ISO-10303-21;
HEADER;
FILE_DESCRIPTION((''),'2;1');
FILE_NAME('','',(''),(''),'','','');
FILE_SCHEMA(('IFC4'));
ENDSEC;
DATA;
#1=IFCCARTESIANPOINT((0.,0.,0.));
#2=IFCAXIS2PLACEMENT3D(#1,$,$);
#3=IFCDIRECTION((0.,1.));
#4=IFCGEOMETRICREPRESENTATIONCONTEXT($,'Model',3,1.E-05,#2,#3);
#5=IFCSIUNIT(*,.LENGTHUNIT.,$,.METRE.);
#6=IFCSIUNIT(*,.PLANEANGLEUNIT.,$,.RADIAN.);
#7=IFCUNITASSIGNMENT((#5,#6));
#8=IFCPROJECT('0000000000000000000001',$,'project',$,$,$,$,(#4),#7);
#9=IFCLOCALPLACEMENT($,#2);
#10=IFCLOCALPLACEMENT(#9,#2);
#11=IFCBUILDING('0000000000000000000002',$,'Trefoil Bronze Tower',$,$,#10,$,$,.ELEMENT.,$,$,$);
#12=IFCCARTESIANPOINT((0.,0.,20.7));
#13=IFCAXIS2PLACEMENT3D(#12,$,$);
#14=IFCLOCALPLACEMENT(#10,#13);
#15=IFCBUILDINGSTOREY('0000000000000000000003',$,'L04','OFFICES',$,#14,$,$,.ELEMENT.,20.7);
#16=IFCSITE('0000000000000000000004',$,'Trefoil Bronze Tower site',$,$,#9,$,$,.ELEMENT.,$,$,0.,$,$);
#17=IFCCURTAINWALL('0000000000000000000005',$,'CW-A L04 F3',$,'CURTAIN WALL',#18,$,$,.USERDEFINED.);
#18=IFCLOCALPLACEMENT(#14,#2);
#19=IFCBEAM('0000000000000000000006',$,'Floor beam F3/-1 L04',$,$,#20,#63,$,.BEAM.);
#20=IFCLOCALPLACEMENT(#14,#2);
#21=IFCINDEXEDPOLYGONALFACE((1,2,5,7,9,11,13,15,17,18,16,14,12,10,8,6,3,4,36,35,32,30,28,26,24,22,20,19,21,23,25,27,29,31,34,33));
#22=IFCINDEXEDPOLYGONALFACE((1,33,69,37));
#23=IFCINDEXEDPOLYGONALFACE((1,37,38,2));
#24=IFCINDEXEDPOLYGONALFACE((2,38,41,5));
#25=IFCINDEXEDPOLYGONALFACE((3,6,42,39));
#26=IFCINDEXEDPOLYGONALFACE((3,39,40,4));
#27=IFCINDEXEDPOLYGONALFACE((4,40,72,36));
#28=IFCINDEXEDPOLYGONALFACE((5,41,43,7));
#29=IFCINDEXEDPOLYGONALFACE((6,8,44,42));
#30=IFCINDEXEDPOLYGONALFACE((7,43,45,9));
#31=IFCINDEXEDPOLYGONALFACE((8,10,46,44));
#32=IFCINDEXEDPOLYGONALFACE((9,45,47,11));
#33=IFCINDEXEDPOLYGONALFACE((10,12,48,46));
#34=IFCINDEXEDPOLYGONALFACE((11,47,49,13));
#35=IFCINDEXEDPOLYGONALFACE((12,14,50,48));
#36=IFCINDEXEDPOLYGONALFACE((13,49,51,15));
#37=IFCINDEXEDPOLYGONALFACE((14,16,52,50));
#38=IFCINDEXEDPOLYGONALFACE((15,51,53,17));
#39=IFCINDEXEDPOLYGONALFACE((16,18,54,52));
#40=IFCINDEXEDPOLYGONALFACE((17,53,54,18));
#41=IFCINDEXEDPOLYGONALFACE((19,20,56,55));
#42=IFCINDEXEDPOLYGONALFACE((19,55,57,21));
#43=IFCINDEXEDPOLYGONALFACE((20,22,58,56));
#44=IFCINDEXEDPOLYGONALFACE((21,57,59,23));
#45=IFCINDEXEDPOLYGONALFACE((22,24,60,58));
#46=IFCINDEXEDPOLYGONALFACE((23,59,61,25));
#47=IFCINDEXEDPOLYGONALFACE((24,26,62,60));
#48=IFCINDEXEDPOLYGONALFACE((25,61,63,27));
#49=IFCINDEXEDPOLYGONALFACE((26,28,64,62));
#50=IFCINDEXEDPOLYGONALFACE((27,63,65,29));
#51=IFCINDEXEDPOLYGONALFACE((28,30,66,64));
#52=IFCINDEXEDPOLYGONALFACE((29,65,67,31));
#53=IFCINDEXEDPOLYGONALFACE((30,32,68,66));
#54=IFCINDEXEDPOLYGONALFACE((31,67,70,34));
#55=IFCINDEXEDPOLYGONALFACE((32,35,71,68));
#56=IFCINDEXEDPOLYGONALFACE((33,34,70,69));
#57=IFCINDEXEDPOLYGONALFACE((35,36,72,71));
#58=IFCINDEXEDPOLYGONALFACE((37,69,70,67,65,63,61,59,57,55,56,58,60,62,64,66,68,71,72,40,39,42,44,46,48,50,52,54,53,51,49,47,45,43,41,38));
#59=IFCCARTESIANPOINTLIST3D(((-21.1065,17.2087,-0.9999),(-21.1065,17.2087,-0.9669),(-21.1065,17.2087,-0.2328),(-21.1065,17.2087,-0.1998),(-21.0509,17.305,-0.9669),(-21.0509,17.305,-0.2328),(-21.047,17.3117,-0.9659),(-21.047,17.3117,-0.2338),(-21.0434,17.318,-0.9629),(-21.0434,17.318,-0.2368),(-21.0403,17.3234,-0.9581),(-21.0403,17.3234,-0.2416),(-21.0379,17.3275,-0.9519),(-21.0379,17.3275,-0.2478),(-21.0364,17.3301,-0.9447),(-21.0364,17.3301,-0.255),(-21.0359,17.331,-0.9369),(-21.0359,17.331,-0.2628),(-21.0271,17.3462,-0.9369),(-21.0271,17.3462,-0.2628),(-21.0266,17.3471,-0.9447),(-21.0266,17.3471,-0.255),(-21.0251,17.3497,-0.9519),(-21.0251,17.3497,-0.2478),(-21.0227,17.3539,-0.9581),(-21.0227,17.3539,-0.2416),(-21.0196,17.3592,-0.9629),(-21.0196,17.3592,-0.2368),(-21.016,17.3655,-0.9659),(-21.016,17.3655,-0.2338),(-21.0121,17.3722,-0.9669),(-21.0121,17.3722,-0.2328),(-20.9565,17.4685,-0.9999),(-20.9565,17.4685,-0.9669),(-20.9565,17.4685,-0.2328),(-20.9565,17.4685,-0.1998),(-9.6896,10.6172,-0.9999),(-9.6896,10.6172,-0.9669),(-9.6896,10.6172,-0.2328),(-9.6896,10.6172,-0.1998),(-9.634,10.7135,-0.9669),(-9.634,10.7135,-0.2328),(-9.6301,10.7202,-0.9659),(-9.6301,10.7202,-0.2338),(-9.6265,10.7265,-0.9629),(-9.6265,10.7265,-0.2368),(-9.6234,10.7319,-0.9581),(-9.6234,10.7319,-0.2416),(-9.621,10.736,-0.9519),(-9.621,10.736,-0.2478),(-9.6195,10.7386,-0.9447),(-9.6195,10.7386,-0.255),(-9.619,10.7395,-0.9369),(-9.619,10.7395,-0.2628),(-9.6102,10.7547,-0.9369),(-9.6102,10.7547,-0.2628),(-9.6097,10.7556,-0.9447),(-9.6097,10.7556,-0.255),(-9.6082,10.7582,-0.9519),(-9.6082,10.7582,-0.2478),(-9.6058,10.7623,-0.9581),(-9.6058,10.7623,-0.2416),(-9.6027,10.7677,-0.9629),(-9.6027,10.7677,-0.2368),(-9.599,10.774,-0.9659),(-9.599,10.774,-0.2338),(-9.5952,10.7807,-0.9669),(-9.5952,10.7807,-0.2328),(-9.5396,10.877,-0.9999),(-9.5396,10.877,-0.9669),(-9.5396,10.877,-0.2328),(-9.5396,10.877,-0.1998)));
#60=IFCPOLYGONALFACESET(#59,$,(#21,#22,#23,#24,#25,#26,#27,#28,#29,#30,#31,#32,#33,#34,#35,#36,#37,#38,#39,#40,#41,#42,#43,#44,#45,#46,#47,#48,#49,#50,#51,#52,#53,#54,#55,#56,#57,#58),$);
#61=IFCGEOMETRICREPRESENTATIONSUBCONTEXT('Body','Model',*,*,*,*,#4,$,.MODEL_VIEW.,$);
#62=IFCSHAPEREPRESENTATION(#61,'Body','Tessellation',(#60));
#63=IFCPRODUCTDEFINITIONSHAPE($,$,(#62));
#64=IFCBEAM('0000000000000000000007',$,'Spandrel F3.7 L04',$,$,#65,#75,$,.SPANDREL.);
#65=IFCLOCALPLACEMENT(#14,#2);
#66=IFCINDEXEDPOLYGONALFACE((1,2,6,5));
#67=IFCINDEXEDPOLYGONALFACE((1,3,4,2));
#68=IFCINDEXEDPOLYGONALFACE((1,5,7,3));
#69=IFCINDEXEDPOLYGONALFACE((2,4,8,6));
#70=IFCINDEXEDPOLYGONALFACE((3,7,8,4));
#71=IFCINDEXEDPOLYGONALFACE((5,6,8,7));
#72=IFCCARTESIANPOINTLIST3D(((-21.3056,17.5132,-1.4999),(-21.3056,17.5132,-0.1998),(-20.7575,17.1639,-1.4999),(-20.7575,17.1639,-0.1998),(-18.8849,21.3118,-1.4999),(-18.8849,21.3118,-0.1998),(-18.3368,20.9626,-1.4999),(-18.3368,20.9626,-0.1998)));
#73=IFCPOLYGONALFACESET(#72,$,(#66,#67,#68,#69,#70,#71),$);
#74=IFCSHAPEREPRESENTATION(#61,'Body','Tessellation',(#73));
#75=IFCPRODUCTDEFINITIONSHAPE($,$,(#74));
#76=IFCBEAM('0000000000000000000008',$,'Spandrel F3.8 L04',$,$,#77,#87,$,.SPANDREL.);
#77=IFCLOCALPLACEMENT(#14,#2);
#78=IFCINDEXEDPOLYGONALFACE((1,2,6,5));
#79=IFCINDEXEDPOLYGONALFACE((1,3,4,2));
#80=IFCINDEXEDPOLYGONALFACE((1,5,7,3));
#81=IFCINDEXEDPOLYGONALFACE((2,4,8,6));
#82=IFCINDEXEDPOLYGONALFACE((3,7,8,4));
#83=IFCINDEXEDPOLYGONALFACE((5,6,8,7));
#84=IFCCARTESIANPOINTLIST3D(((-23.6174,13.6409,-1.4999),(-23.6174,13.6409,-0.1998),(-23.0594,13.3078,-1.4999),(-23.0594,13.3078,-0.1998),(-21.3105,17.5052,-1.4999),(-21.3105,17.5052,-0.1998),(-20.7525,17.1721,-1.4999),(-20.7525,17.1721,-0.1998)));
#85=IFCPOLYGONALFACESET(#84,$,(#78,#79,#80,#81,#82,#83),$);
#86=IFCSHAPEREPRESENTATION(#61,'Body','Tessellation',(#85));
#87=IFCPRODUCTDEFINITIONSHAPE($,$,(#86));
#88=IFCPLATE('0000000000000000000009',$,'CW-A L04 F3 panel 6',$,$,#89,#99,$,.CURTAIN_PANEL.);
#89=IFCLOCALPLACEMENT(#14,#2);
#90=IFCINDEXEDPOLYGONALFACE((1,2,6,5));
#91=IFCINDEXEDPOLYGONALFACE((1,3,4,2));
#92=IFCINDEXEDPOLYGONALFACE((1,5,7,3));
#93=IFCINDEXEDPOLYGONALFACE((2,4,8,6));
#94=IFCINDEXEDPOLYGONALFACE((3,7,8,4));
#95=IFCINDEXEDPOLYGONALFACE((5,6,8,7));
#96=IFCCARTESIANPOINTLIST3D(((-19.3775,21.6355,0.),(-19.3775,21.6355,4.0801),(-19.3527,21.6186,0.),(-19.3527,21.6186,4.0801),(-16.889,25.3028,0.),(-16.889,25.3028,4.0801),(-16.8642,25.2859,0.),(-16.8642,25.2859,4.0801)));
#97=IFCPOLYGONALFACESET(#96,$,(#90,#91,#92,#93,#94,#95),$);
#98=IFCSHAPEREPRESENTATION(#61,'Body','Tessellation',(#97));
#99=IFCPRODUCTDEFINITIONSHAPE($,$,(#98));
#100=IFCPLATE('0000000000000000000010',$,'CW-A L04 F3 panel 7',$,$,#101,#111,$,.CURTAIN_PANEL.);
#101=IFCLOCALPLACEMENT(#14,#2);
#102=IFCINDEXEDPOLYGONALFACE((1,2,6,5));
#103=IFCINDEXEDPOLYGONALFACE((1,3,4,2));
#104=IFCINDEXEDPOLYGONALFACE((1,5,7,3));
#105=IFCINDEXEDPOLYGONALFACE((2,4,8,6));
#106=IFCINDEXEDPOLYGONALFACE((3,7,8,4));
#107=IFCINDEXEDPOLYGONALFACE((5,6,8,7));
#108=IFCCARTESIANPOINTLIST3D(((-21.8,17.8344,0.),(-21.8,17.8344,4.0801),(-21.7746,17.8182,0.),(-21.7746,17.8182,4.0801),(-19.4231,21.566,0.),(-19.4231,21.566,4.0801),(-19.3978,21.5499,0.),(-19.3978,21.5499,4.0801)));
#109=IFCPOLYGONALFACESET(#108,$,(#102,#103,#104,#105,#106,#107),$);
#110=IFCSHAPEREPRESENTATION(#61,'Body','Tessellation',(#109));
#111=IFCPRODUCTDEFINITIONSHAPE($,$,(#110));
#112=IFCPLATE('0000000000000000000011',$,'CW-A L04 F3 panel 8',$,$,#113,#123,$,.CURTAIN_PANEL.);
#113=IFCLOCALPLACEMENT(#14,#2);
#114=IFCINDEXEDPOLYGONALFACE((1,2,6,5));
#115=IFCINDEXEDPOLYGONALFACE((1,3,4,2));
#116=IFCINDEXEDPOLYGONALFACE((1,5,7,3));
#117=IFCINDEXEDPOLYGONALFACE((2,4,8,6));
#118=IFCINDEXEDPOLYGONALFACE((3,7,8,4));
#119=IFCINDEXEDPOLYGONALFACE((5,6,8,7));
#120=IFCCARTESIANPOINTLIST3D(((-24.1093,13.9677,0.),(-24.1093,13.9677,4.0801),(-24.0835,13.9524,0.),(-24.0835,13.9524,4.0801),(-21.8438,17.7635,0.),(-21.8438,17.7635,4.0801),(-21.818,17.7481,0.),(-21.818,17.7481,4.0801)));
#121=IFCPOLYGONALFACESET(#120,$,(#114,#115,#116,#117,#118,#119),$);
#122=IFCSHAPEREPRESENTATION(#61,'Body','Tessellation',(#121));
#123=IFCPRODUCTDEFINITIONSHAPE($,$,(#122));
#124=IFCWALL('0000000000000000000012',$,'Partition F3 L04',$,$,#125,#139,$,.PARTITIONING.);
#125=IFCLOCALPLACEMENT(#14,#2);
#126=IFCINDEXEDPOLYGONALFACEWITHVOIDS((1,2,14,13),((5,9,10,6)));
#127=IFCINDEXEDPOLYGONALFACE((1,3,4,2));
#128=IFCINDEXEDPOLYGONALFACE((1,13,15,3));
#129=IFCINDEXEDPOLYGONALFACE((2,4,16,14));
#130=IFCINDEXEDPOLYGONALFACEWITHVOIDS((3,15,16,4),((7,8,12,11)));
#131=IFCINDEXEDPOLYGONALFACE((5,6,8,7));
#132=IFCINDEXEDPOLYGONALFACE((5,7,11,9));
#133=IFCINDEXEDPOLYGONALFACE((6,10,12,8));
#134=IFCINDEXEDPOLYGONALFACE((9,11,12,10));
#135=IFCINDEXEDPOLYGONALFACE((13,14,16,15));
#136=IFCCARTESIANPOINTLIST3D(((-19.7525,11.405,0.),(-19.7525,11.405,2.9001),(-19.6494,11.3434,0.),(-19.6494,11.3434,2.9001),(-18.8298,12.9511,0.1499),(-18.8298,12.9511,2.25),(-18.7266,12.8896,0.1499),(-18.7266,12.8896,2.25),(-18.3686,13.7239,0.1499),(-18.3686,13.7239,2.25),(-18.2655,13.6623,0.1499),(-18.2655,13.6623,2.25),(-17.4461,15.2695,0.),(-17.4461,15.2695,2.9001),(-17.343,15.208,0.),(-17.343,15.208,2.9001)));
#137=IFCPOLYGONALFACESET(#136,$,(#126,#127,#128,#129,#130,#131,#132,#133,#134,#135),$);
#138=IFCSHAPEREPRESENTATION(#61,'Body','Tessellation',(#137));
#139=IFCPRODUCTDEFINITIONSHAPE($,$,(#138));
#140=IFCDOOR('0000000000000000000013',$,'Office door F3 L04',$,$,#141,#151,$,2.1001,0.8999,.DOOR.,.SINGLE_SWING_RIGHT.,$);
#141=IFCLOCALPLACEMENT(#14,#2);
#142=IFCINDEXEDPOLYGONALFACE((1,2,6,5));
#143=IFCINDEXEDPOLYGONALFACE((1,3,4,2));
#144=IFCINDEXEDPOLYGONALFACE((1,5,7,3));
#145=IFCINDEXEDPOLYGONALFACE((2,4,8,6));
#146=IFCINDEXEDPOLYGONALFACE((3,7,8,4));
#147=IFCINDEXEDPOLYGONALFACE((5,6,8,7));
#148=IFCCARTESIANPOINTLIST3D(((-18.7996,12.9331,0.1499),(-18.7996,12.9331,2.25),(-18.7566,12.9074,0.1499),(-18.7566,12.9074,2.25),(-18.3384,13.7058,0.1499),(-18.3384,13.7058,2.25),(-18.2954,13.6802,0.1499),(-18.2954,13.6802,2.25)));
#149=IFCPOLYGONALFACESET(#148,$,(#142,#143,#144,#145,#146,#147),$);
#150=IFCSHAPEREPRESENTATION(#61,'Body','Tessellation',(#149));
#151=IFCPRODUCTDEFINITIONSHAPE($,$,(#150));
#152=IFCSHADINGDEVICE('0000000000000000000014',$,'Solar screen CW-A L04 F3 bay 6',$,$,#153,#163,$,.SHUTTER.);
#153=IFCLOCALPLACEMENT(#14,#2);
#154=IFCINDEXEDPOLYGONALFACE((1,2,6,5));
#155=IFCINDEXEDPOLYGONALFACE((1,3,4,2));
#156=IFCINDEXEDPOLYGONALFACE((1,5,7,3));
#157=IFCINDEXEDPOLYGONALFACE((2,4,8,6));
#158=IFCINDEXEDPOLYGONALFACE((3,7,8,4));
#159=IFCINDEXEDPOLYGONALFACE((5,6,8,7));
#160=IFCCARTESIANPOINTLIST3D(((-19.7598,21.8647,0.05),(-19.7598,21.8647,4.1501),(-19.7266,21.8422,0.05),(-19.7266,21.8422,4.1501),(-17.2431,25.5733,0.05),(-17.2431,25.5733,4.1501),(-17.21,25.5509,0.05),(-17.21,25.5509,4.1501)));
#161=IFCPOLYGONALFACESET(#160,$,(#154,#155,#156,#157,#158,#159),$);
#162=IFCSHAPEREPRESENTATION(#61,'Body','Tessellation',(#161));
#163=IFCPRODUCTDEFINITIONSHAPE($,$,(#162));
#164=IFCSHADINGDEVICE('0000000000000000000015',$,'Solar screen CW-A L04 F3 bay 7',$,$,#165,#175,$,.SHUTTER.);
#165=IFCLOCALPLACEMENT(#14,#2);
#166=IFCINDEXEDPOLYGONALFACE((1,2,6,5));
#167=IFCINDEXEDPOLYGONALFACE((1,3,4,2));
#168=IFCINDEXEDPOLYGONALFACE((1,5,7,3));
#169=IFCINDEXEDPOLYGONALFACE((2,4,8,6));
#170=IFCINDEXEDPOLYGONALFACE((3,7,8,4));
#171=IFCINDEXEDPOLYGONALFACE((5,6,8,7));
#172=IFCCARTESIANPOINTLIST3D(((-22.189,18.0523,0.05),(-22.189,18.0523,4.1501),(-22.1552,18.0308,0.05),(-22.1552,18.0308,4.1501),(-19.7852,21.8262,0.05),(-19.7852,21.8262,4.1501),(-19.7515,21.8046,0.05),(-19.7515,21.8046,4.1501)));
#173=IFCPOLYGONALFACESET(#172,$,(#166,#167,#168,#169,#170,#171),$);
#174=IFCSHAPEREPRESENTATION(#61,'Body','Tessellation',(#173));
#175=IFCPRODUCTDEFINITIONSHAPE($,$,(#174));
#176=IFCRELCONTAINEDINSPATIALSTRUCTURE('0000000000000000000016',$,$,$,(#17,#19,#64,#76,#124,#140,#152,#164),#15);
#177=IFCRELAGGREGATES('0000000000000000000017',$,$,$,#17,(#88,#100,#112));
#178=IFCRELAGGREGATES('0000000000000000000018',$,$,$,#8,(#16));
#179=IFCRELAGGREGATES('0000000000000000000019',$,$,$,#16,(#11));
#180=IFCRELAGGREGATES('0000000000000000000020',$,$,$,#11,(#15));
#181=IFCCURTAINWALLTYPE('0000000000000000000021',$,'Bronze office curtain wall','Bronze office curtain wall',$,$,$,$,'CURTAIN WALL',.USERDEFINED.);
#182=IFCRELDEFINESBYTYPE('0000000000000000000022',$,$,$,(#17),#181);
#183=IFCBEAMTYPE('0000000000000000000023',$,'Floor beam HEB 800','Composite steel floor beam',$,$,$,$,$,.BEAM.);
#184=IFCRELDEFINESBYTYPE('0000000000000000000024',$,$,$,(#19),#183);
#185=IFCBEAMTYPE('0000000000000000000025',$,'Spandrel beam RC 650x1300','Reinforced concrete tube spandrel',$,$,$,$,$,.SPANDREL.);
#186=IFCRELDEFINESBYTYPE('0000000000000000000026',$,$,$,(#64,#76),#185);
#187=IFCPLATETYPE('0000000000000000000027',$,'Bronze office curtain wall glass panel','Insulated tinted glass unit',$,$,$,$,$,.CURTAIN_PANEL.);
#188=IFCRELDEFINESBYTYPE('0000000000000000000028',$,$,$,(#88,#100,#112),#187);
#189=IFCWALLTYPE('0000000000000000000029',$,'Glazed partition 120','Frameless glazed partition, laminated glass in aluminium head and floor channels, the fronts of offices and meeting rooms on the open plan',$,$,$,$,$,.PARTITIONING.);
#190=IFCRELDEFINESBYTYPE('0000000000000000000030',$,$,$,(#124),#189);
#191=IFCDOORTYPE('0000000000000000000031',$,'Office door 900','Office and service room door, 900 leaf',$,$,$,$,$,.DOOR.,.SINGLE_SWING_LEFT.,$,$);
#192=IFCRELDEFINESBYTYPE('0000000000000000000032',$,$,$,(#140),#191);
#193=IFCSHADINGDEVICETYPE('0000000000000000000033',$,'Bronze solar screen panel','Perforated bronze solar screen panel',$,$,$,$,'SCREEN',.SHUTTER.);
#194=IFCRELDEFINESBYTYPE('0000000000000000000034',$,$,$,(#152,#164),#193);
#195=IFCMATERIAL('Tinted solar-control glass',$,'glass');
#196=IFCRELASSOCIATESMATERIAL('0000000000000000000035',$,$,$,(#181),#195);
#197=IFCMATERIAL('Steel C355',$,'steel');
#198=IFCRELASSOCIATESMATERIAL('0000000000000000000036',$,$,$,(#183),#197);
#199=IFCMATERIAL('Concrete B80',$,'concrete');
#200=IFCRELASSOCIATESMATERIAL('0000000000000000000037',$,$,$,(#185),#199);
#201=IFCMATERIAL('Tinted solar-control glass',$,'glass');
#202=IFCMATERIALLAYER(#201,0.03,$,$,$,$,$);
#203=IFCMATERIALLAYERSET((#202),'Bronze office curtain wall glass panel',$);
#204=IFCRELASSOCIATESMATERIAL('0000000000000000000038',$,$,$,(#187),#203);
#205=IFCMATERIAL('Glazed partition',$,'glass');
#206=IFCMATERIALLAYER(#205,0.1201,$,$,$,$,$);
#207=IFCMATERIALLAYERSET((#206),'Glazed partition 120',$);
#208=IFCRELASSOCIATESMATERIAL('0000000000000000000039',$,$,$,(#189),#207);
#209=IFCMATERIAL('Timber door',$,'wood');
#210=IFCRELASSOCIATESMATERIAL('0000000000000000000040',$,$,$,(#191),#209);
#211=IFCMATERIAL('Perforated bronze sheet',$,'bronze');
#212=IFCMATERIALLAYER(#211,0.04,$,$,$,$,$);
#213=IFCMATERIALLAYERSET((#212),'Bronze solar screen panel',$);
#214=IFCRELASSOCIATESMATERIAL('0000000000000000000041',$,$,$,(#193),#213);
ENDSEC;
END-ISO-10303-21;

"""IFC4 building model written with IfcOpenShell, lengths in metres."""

from ifc_helpers import new_model, si_unit, direction, frame, frame_2d, origin, origin_2d, place, context, subcontext, project, spatial, rectangle, i_section, extrude, material, layer, layer_set, material_profile, profile_set, type_object, element, fill, aggregate, save


model = new_model("IFC4")

# Units and contexts
model_context = context("Model", 3, precision=1e-05, world=origin(), true_north=direction((0.0, 1.0)))
body_context = subcontext(model_context, "Body", "Model", "MODEL_VIEW")
ifc_project = project(units=[si_unit("LENGTHUNIT", "METRE"), si_unit("PLANEANGLEUNIT", "RADIAN")], contexts=[model_context])

# Site, building, storey
site_placement = place(None, origin())
site = spatial("IfcSite", under=ifc_project, at=site_placement, Name="Trefoil Bronze Tower site", CompositionType="ELEMENT", RefElevation=0.0)
building_placement = place(site_placement, origin())
building = spatial("IfcBuilding", under=site, at=building_placement, Name="Trefoil Bronze Tower", CompositionType="ELEMENT")
storey_placement = place(building_placement, frame((0.0, 0.0, 20.7)))
storey = spatial("IfcBuildingStorey", under=building, at=storey_placement, Name="L04", Description="OFFICES", CompositionType="ELEMENT", Elevation=20.7)

# Curtain wall
ifc_material_1 = material(Name="Tinted solar-control glass", Category="glass")
curtain_wall_type = type_object("IfcCurtainWallType", Name="Bronze office curtain wall", Description="Bronze office curtain wall", ElementType="CURTAIN WALL", PredefinedType="USERDEFINED", material=ifc_material_1)
curtain_wall_placement = place(storey_placement, origin())
curtain_wall = element("IfcCurtainWall", 1, at=curtain_wall_placement, inside=storey, type_object=curtain_wall_type, Name="CW-A L04 F3", ObjectType="CURTAIN WALL", PredefinedType="USERDEFINED")

# Beams
ifc_material_2 = material(Name="Steel C355", Category="steel")
ifc_material_profile_1 = material_profile(ifc_material_2, i_section(OverallWidth=0.3, OverallDepth=0.8, WebThickness=0.0176, FlangeThickness=0.033, FilletRadius=0.03, at=origin_2d()), Name="HEB 800")
ifc_profile_set_1 = profile_set([ifc_material_profile_1], Name="Steel C355")
beam_type_1 = type_object("IfcBeamType", Name="Floor beam HEB 800", Description="Composite steel floor beam", PredefinedType="BEAM", material=ifc_profile_set_1)
beam_1_placement = place(storey_placement, frame((-21.0315, 17.3386, -0.5999), z_axis=(0.866027, -0.499997, 0.0), x_axis=(0.499997, 0.866027, 0.0)))
element("IfcBeam", 2, at=beam_1_placement, inside=storey, type_object=beam_type_1, Name="Floor beam F3/-1 L04", PredefinedType="BEAM", context=body_context, shape_type="SweptSolid", body=[
    extrude(i_section(OverallWidth=0.3, OverallDepth=0.8, WebThickness=0.0176, FlangeThickness=0.033, FilletRadius=0.03, at=origin_2d()), origin(), (0.0, 0.0, 1.0), 13.1831),
])
ifc_material_3 = material(Name="Concrete B80", Category="concrete")
ifc_material_profile_2 = material_profile(ifc_material_3, rectangle(XDim=0.6499, YDim=1.3, at=origin_2d()), Name="RC 650x1300")
ifc_profile_set_2 = profile_set([ifc_material_profile_2], Name="Concrete B80")
beam_type_2 = type_object("IfcBeamType", Name="Spandrel beam RC 650x1300", Description="Reinforced concrete tube spandrel", PredefinedType="SPANDREL", material=ifc_profile_set_2)
beam_2_placement = place(storey_placement, frame((-18.6108, 21.1372, -0.8499), z_axis=(-0.537408, -0.843322, 0.0), x_axis=(0.843322, -0.537408, 0.0)))
element("IfcBeam", 3, at=beam_2_placement, inside=storey, type_object=beam_type_2, Name="Spandrel F3.7 L04", PredefinedType="SPANDREL", context=body_context, shape_type="SweptSolid", body=[
    extrude(rectangle(XDim=0.6499, YDim=1.3, at=origin_2d()), origin(), (0.0, 0.0, 1.0), 4.5044),
])
beam_3_placement = place(storey_placement, frame((-21.0315, 17.3386, -0.8499), z_axis=(-0.512588, -0.858635, 0.0), x_axis=(0.858635, -0.512588, 0.0)))
element("IfcBeam", 4, at=beam_3_placement, inside=storey, type_object=beam_type_2, Name="Spandrel F3.8 L04", PredefinedType="SPANDREL", context=body_context, shape_type="SweptSolid", body=[
    extrude(rectangle(XDim=0.6499, YDim=1.3, at=origin_2d()), origin(), (0.0, 0.0, 1.0), 4.5005),
])

# Plates
ifc_material_4 = material(Name="Tinted solar-control glass", Category="glass")
ifc_layer_1 = layer(ifc_material_4, 0.03)
ifc_layer_set_1 = layer_set([ifc_layer_1], Name="Bronze office curtain wall glass panel")
plate_type = type_object("IfcPlateType", Name="Bronze office curtain wall glass panel", Description="Insulated tinted glass unit", PredefinedType="CURTAIN_PANEL", material=ifc_layer_set_1)
plate_1_placement = place(storey_placement, frame((-18.1208, 23.4607, 0.0), z_axis=(0.0, 0.0, 1.0), x_axis=(-0.56151, -0.82747, 0.0)))
plate_1 = element("IfcPlate", 5, at=plate_1_placement, type_object=plate_type, Name="CW-A L04 F3 panel 6", PredefinedType="CURTAIN_PANEL", context=body_context, shape_type="SweptSolid", body=[
    extrude(rectangle(XDim=4.4319, YDim=0.03, at=origin_2d()), origin(), (0.0, 0.0, 1.0), 4.0801),
])
plate_2_placement = place(storey_placement, frame((-20.5989, 19.6921, 0.0), z_axis=(0.0, 0.0, 1.0), x_axis=(-0.537222, -0.843441, 0.0)))
plate_2 = element("IfcPlate", 6, at=plate_2_placement, type_object=plate_type, Name="CW-A L04 F3 panel 7", PredefinedType="CURTAIN_PANEL", context=body_context, shape_type="SweptSolid", body=[
    extrude(rectangle(XDim=4.4243, YDim=0.03, at=origin_2d()), origin(), (0.0, 0.0, 1.0), 4.0801),
])
plate_3_placement = place(storey_placement, frame((-22.9636, 15.8579, 0.0), z_axis=(0.0, 0.0, 1.0), x_axis=(-0.512513, -0.85868, 0.0)))
plate_3 = element("IfcPlate", 7, at=plate_3_placement, type_object=plate_type, Name="CW-A L04 F3 panel 8", PredefinedType="CURTAIN_PANEL", context=body_context, shape_type="SweptSolid", body=[
    extrude(rectangle(XDim=4.4204, YDim=0.03, at=origin_2d()), origin(), (0.0, 0.0, 1.0), 4.0801),
])
aggregate(curtain_wall, [plate_1, plate_2, plate_3])

# Wall, opening, door
ifc_material_5 = material(Name="Glazed partition", Category="glass")
ifc_layer_2 = layer(ifc_material_5, 0.1201)
ifc_layer_set_2 = layer_set([ifc_layer_2], Name="Glazed partition 120")
wall_type = type_object("IfcWallType", Name="Glazed partition 120", Description="Frameless glazed partition, laminated glass in aluminium head and floor channels, the fronts of offices and meeting rooms on the open plan", PredefinedType="PARTITIONING", material=ifc_layer_set_2)
wall_placement = place(storey_placement, frame((-17.3945, 15.2388, 0.0), z_axis=(0.0, 0.0, 1.0), x_axis=(-0.512484, -0.858697, 0.0)))
wall = element("IfcWall", 8, at=wall_placement, inside=storey, type_object=wall_type, Name="Partition F3 L04", PredefinedType="PARTITIONING", context=body_context, shape_type="SweptSolid", body=[
    extrude(rectangle(XDim=4.5005, YDim=0.1201, at=frame_2d((2.2502, 0.0))), origin(), (0.0, 0.0, 1.0), 2.9001),
])
opening_placement = place(wall_placement, frame((1.8, 0.0, 0.1499)))
opening = element("IfcOpeningElement", 9, at=opening_placement, cuts=wall, PredefinedType="OPENING", context=body_context, shape_type="SweptSolid", body=[
    extrude(rectangle(XDim=0.8999, YDim=2.1001, at=frame_2d((0.45, 1.05))), frame((0.0, 0.0701, 0.0), z_axis=(0.0, -1.0, 0.0), x_axis=(1.0, 0.0, 0.0)), (0.0, 0.0, 1.0), 0.1401),
])
ifc_material_6 = material(Name="Timber door", Category="wood")
door_type = type_object("IfcDoorType", Name="Office door 900", Description="Office and service room door, 900 leaf", OperationType="SINGLE_SWING_LEFT", PredefinedType="DOOR", material=ifc_material_6)
door_placement = place(opening_placement, frame((0.8999, 0.0, 0.0), z_axis=(0.0, 0.0, 1.0), x_axis=(-1.0, 0.0, 0.0)))
door = element("IfcDoor", 10, at=door_placement, inside=storey, type_object=door_type, Name="Office door F3 L04", OperationType="SINGLE_SWING_RIGHT", OverallHeight=2.1001, OverallWidth=0.8999, PredefinedType="DOOR", context=body_context, shape_type="SweptSolid", body=[
    extrude(rectangle(XDim=0.8999, YDim=2.1001, at=frame_2d((0.45, 1.05))), frame((0.0, 0.0249, 0.0), z_axis=(0.0, -1.0, 0.0), x_axis=(1.0, 0.0, 0.0)), (0.0, 0.0, 1.0), 0.05),
])
fill(opening, door)

# Shading devices
ifc_material_7 = material(Name="Perforated bronze sheet", Category="bronze")
ifc_layer_3 = layer(ifc_material_7, 0.04)
ifc_layer_set_3 = layer_set([ifc_layer_3], Name="Bronze solar screen panel")
shading_device_type = type_object("IfcShadingDeviceType", Name="Bronze solar screen panel", Description="Perforated bronze solar screen panel", ElementType="SCREEN", PredefinedType="SHUTTER", material=ifc_layer_set_3)
shading_device_1_placement = place(storey_placement, frame((-18.4849, 23.7078, 0.05), z_axis=(0.0, 0.0, 1.0), x_axis=(-0.56151, -0.82747, 0.0)))
element("IfcShadingDevice", 11, at=shading_device_1_placement, inside=storey, type_object=shading_device_type, Name="Solar screen CW-A L04 F3 bay 6", PredefinedType="SHUTTER", context=body_context, shape_type="SweptSolid", body=[
    extrude(rectangle(XDim=4.4819, YDim=0.04, at=origin_2d()), origin(), (0.0, 0.0, 1.0), 4.1001),
])
shading_device_2_placement = place(storey_placement, frame((-20.9702, 19.9285, 0.05), z_axis=(0.0, 0.0, 1.0), x_axis=(-0.537222, -0.843441, 0.0)))
element("IfcShadingDevice", 12, at=shading_device_2_placement, inside=storey, type_object=shading_device_type, Name="Solar screen CW-A L04 F3 bay 7", PredefinedType="SHUTTER", context=body_context, shape_type="SweptSolid", body=[
    extrude(rectangle(XDim=4.4744, YDim=0.04, at=origin_2d()), origin(), (0.0, 0.0, 1.0), 4.1001),
])

save(model, "model.ifc")
